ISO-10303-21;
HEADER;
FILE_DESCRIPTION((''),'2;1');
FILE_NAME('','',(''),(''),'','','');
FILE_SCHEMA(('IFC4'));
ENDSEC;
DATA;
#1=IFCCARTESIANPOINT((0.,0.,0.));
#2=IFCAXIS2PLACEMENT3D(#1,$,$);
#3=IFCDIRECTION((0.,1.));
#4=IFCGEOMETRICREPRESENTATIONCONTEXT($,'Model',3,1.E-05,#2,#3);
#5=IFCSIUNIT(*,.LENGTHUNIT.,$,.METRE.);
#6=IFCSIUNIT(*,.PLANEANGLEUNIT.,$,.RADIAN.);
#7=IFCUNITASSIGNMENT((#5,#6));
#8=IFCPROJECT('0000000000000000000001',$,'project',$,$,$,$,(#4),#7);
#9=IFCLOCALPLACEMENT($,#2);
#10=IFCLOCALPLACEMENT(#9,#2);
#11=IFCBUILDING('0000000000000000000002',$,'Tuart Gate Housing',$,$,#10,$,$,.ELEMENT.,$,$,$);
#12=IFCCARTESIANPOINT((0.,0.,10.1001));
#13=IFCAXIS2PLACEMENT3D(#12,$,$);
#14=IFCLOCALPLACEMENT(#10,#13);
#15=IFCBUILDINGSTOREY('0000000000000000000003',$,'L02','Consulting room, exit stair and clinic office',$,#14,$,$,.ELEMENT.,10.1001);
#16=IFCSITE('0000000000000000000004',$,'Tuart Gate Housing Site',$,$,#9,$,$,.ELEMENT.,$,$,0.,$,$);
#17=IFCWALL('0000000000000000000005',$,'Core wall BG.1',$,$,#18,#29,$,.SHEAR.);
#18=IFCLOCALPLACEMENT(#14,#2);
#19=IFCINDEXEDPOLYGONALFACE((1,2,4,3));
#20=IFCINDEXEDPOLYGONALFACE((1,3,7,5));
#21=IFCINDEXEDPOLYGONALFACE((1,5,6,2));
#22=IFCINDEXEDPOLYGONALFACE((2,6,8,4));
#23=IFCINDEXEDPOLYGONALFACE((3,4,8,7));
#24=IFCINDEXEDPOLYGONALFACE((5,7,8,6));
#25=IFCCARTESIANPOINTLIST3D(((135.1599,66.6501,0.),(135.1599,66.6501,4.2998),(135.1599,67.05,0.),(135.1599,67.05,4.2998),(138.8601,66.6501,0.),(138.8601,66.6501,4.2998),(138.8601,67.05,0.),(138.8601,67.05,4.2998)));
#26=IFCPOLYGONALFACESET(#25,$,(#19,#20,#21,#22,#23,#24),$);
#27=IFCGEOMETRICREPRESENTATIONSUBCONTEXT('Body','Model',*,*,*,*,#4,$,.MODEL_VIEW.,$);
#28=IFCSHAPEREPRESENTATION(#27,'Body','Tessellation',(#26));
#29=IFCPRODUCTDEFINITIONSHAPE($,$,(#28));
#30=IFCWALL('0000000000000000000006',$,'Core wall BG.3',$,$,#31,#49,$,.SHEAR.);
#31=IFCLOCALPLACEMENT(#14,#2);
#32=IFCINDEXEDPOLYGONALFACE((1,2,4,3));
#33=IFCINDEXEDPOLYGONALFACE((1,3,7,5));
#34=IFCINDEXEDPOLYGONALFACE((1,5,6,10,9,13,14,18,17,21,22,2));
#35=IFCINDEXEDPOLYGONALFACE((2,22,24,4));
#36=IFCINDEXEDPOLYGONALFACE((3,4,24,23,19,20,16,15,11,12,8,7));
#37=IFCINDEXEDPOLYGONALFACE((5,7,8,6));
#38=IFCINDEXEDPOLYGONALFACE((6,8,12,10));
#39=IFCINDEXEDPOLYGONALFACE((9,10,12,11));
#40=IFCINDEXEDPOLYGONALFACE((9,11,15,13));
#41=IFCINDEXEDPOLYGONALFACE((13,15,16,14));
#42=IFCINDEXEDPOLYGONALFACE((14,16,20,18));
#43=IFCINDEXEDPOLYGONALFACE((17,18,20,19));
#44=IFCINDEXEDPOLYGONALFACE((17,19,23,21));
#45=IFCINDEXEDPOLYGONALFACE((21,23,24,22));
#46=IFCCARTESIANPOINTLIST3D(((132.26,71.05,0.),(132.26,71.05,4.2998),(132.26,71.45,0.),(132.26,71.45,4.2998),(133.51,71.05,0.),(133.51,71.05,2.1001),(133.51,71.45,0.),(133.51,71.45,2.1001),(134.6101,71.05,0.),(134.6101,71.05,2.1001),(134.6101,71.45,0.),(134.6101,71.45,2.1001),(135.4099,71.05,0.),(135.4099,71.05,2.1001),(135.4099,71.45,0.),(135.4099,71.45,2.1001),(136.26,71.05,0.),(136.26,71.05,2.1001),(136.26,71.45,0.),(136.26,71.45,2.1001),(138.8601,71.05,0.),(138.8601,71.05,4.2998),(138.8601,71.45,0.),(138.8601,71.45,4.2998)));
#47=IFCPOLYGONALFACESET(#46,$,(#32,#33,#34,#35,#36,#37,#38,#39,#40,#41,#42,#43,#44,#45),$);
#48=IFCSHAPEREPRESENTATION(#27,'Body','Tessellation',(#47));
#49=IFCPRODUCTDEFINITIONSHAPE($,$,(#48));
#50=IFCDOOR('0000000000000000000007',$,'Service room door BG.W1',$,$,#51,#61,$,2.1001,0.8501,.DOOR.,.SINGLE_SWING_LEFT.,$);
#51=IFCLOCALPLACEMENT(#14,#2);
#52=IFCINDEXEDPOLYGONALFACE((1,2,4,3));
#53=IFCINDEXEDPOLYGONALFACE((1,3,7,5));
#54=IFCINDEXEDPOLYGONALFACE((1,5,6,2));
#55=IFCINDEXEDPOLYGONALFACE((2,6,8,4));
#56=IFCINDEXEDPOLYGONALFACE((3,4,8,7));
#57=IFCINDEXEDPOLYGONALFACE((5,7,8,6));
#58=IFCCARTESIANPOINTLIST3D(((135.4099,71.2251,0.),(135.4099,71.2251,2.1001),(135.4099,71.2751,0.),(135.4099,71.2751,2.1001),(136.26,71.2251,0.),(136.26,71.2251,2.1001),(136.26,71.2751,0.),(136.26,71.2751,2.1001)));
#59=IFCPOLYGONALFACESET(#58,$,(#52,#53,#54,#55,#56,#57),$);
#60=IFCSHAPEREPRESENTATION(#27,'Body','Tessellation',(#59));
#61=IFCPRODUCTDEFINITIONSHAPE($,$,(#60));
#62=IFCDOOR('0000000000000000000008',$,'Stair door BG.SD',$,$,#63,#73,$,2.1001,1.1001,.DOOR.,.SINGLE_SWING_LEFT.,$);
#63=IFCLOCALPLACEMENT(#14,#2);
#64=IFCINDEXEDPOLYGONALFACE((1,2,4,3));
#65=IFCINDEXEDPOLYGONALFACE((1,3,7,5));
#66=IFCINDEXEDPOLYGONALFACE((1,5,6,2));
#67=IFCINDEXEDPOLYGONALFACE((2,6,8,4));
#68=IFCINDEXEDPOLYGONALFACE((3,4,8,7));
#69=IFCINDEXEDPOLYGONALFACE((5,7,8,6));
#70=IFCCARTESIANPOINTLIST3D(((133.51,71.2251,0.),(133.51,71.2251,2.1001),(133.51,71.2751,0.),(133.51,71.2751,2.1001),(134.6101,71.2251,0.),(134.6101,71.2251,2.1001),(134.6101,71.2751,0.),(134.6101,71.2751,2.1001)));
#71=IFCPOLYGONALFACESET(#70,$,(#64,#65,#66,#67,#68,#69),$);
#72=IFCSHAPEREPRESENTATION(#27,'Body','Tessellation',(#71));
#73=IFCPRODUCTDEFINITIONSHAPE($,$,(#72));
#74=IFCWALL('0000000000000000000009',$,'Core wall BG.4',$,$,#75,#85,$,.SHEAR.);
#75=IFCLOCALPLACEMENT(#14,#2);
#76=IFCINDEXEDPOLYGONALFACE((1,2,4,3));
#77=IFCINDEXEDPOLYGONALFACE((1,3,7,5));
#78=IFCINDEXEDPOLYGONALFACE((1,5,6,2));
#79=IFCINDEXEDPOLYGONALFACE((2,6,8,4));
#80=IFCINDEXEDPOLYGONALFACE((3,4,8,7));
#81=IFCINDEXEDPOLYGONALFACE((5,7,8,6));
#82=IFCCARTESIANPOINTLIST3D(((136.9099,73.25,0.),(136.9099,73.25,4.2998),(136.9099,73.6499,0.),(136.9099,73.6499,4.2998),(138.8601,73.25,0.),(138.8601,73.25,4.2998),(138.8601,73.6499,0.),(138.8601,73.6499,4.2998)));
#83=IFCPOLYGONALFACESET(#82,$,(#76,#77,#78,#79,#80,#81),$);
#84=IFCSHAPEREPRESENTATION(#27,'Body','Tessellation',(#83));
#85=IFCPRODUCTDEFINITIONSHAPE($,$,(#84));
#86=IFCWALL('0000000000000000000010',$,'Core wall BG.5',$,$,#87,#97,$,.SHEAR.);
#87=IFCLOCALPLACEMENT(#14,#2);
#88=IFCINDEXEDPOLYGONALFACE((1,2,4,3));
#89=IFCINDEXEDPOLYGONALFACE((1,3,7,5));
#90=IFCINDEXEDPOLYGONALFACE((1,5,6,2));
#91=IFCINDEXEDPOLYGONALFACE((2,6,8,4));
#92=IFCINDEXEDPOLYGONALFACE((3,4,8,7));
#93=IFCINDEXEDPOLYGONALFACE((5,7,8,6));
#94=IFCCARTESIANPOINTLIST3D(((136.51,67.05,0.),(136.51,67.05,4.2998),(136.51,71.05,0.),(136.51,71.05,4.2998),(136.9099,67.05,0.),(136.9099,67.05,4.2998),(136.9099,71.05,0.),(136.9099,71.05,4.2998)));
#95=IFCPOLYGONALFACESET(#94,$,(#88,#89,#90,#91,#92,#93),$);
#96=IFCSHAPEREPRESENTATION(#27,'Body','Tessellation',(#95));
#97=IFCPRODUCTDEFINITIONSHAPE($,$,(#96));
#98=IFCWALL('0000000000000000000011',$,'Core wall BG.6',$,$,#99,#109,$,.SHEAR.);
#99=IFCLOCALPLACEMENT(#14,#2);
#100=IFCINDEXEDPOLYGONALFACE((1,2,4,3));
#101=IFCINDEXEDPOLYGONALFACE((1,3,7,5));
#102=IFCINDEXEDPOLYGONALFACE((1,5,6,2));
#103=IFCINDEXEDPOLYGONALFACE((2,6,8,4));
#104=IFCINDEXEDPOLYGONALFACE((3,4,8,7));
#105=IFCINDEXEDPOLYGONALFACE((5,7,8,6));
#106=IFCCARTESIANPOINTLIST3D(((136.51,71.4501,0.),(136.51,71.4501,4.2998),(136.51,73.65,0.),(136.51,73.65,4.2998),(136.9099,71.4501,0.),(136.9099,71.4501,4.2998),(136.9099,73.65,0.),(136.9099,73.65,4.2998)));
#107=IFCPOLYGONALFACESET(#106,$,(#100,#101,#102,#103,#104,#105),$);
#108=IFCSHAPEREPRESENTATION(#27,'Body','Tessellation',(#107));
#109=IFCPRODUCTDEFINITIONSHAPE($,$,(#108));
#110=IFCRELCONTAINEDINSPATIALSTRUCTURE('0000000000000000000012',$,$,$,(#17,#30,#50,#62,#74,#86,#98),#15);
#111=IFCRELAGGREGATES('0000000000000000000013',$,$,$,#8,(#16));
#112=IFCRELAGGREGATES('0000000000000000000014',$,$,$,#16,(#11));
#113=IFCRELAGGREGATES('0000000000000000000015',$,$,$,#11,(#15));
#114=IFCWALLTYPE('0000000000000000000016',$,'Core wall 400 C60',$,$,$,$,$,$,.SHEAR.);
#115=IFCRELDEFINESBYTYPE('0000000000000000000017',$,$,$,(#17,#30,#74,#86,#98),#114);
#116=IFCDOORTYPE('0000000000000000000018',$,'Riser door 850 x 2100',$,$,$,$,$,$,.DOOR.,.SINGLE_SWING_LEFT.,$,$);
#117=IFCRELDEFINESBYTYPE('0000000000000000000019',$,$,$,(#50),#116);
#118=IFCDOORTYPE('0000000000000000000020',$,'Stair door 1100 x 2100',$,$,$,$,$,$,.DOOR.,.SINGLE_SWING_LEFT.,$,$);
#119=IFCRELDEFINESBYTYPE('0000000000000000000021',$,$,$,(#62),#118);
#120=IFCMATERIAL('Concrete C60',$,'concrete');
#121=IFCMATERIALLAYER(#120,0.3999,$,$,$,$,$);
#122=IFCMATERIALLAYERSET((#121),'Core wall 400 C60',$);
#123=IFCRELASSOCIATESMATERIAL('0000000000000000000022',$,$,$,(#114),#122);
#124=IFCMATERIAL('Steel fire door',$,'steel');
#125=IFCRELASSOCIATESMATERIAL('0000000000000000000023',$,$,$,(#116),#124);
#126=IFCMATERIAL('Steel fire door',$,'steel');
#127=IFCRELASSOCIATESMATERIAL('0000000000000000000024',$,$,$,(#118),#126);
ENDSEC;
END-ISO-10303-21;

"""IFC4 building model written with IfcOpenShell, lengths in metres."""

from ifc_helpers import new_model, si_unit, direction, frame, frame_2d, origin, place, context, subcontext, project, spatial, rectangle, extrude, material, layer, layer_set, type_object, element, fill, save


model = new_model("IFC4")

# Units and contexts
model_context = context("Model", 3, precision=1e-05, world=origin(), true_north=direction((0.0, 1.0)))
body_context = subcontext(model_context, "Body", "Model", "MODEL_VIEW")
ifc_project = project(units=[si_unit("LENGTHUNIT", "METRE"), si_unit("PLANEANGLEUNIT", "RADIAN")], contexts=[model_context])

# Site, building, storey
site_placement = place(None, origin())
site = spatial("IfcSite", under=ifc_project, at=site_placement, Name="Tuart Gate Housing Site", CompositionType="ELEMENT", RefElevation=0.0)
building_placement = place(site_placement, origin())
building = spatial("IfcBuilding", under=site, at=building_placement, Name="Tuart Gate Housing", CompositionType="ELEMENT")
storey_placement = place(building_placement, frame((0.0, 0.0, 10.1001)))
storey = spatial("IfcBuildingStorey", under=building, at=storey_placement, Name="L02", Description="Consulting room, exit stair and clinic office", CompositionType="ELEMENT", Elevation=10.1001)

# Wall
ifc_material_1 = material(Name="Concrete C60", Category="concrete")
ifc_layer_1 = layer(ifc_material_1, 0.3999)
ifc_layer_set_1 = layer_set([ifc_layer_1], Name="Core wall 400 C60")
wall_type_1 = type_object("IfcWallType", Name="Core wall 400 C60", PredefinedType="SHEAR", material=ifc_layer_set_1)
wall_1_placement = place(storey_placement, frame((138.8601, 66.8501, 0.0), z_axis=(0.0, 0.0, 1.0), x_axis=(-1.0, 0.0, 0.0)))
element("IfcWall", 1, at=wall_1_placement, inside=storey, type_object=wall_type_1, Name="Core wall BG.1", PredefinedType="SHEAR", context=body_context, shape_type="SweptSolid", body=[
    extrude(rectangle(XDim=3.7002, YDim=0.3999, at=frame_2d((1.8501, 0.0))), origin(), (0.0, 0.0, 1.0), 4.2998),
])

# Wall, openings, doors
wall_2_placement = place(storey_placement, frame((138.8601, 71.25, 0.0), z_axis=(0.0, 0.0, 1.0), x_axis=(-1.0, 0.0, 0.0)))
wall_2 = element("IfcWall", 2, at=wall_2_placement, inside=storey, type_object=wall_type_1, Name="Core wall BG.3", PredefinedType="SHEAR", context=body_context, shape_type="SweptSolid", body=[
    extrude(rectangle(XDim=6.6001, YDim=0.3999, at=frame_2d((3.3, 0.0))), origin(), (0.0, 0.0, 1.0), 4.2998),
])
opening_1_placement = place(wall_2_placement, frame((4.25, 0.0, 0.0)))
opening_1 = element("IfcOpeningElement", 3, at=opening_1_placement, cuts=wall_2, PredefinedType="OPENING", context=body_context, shape_type="SweptSolid", body=[
    extrude(rectangle(XDim=1.1001, YDim=2.1001, at=frame_2d((0.55, 1.05))), frame((0.0, 0.21, 0.0), z_axis=(0.0, -1.0, 0.0), x_axis=(1.0, 0.0, 0.0)), (0.0, 0.0, 1.0), 0.4199),
])
opening_2_placement = place(wall_2_placement, frame((2.6001, 0.0, 0.0)))
opening_2 = element("IfcOpeningElement", 4, at=opening_2_placement, cuts=wall_2, PredefinedType="OPENING", context=body_context, shape_type="SweptSolid", body=[
    extrude(rectangle(XDim=0.8501, YDim=2.1001, at=frame_2d((0.425, 1.05))), frame((0.0, 0.21, 0.0), z_axis=(0.0, -1.0, 0.0), x_axis=(1.0, 0.0, 0.0)), (0.0, 0.0, 1.0), 0.4199),
])
ifc_material_2 = material(Name="Steel fire door", Category="steel")
door_type_1 = type_object("IfcDoorType", Name="Riser door 850 x 2100", OperationType="SINGLE_SWING_LEFT", PredefinedType="DOOR", material=ifc_material_2)
door_1_placement = place(opening_2_placement, origin())
door_1 = element("IfcDoor", 5, at=door_1_placement, inside=storey, type_object=door_type_1, Name="Service room door BG.W1", OperationType="SINGLE_SWING_LEFT", OverallHeight=2.1001, OverallWidth=0.8501, PredefinedType="DOOR", context=body_context, shape_type="SweptSolid", body=[
    extrude(rectangle(XDim=0.8501, YDim=2.1001, at=frame_2d((0.425, 1.05))), frame((0.0, 0.0249, 0.0), z_axis=(0.0, -1.0, 0.0), x_axis=(1.0, 0.0, 0.0)), (0.0, 0.0, 1.0), 0.05),
])
fill(opening_2, door_1)
ifc_material_3 = material(Name="Steel fire door", Category="steel")
door_type_2 = type_object("IfcDoorType", Name="Stair door 1100 x 2100", OperationType="SINGLE_SWING_LEFT", PredefinedType="DOOR", material=ifc_material_3)
door_2_placement = place(opening_1_placement, origin())
door_2 = element("IfcDoor", 6, at=door_2_placement, inside=storey, type_object=door_type_2, Name="Stair door BG.SD", OperationType="SINGLE_SWING_LEFT", OverallHeight=2.1001, OverallWidth=1.1001, PredefinedType="DOOR", context=body_context, shape_type="SweptSolid", body=[
    extrude(rectangle(XDim=1.1001, YDim=2.1001, at=frame_2d((0.55, 1.05))), frame((0.0, 0.0249, 0.0), z_axis=(0.0, -1.0, 0.0), x_axis=(1.0, 0.0, 0.0)), (0.0, 0.0, 1.0), 0.05),
])
fill(opening_1, door_2)

# Walls
wall_3_placement = place(storey_placement, frame((138.8601, 73.45, 0.0), z_axis=(0.0, 0.0, 1.0), x_axis=(-1.0, 0.0, 0.0)))
element("IfcWall", 7, at=wall_3_placement, inside=storey, type_object=wall_type_1, Name="Core wall BG.4", PredefinedType="SHEAR", context=body_context, shape_type="SweptSolid", body=[
    extrude(rectangle(XDim=1.9502, YDim=0.3999, at=frame_2d((0.9751, 0.0))), origin(), (0.0, 0.0, 1.0), 4.2998),
])
wall_4_placement = place(storey_placement, frame((136.71, 67.05, 0.0), z_axis=(0.0, 0.0, 1.0), x_axis=(0.0, 1.0, 0.0)))
element("IfcWall", 8, at=wall_4_placement, inside=storey, type_object=wall_type_1, Name="Core wall BG.5", PredefinedType="SHEAR", context=body_context, shape_type="SweptSolid", body=[
    extrude(rectangle(XDim=4.0, YDim=0.3999, at=frame_2d((2.0, 0.0))), origin(), (0.0, 0.0, 1.0), 4.2998),
])
wall_5_placement = place(storey_placement, frame((136.71, 71.45, 0.0), z_axis=(0.0, 0.0, 1.0), x_axis=(0.0, 1.0, 0.0)))
element("IfcWall", 9, at=wall_5_placement, inside=storey, type_object=wall_type_1, Name="Core wall BG.6", PredefinedType="SHEAR", context=body_context, shape_type="SweptSolid", body=[
    extrude(rectangle(XDim=2.2, YDim=0.3999, at=frame_2d((1.1001, 0.0))), origin(), (0.0, 0.0, 1.0), 4.2998),
])

save(model, "model.ifc")
